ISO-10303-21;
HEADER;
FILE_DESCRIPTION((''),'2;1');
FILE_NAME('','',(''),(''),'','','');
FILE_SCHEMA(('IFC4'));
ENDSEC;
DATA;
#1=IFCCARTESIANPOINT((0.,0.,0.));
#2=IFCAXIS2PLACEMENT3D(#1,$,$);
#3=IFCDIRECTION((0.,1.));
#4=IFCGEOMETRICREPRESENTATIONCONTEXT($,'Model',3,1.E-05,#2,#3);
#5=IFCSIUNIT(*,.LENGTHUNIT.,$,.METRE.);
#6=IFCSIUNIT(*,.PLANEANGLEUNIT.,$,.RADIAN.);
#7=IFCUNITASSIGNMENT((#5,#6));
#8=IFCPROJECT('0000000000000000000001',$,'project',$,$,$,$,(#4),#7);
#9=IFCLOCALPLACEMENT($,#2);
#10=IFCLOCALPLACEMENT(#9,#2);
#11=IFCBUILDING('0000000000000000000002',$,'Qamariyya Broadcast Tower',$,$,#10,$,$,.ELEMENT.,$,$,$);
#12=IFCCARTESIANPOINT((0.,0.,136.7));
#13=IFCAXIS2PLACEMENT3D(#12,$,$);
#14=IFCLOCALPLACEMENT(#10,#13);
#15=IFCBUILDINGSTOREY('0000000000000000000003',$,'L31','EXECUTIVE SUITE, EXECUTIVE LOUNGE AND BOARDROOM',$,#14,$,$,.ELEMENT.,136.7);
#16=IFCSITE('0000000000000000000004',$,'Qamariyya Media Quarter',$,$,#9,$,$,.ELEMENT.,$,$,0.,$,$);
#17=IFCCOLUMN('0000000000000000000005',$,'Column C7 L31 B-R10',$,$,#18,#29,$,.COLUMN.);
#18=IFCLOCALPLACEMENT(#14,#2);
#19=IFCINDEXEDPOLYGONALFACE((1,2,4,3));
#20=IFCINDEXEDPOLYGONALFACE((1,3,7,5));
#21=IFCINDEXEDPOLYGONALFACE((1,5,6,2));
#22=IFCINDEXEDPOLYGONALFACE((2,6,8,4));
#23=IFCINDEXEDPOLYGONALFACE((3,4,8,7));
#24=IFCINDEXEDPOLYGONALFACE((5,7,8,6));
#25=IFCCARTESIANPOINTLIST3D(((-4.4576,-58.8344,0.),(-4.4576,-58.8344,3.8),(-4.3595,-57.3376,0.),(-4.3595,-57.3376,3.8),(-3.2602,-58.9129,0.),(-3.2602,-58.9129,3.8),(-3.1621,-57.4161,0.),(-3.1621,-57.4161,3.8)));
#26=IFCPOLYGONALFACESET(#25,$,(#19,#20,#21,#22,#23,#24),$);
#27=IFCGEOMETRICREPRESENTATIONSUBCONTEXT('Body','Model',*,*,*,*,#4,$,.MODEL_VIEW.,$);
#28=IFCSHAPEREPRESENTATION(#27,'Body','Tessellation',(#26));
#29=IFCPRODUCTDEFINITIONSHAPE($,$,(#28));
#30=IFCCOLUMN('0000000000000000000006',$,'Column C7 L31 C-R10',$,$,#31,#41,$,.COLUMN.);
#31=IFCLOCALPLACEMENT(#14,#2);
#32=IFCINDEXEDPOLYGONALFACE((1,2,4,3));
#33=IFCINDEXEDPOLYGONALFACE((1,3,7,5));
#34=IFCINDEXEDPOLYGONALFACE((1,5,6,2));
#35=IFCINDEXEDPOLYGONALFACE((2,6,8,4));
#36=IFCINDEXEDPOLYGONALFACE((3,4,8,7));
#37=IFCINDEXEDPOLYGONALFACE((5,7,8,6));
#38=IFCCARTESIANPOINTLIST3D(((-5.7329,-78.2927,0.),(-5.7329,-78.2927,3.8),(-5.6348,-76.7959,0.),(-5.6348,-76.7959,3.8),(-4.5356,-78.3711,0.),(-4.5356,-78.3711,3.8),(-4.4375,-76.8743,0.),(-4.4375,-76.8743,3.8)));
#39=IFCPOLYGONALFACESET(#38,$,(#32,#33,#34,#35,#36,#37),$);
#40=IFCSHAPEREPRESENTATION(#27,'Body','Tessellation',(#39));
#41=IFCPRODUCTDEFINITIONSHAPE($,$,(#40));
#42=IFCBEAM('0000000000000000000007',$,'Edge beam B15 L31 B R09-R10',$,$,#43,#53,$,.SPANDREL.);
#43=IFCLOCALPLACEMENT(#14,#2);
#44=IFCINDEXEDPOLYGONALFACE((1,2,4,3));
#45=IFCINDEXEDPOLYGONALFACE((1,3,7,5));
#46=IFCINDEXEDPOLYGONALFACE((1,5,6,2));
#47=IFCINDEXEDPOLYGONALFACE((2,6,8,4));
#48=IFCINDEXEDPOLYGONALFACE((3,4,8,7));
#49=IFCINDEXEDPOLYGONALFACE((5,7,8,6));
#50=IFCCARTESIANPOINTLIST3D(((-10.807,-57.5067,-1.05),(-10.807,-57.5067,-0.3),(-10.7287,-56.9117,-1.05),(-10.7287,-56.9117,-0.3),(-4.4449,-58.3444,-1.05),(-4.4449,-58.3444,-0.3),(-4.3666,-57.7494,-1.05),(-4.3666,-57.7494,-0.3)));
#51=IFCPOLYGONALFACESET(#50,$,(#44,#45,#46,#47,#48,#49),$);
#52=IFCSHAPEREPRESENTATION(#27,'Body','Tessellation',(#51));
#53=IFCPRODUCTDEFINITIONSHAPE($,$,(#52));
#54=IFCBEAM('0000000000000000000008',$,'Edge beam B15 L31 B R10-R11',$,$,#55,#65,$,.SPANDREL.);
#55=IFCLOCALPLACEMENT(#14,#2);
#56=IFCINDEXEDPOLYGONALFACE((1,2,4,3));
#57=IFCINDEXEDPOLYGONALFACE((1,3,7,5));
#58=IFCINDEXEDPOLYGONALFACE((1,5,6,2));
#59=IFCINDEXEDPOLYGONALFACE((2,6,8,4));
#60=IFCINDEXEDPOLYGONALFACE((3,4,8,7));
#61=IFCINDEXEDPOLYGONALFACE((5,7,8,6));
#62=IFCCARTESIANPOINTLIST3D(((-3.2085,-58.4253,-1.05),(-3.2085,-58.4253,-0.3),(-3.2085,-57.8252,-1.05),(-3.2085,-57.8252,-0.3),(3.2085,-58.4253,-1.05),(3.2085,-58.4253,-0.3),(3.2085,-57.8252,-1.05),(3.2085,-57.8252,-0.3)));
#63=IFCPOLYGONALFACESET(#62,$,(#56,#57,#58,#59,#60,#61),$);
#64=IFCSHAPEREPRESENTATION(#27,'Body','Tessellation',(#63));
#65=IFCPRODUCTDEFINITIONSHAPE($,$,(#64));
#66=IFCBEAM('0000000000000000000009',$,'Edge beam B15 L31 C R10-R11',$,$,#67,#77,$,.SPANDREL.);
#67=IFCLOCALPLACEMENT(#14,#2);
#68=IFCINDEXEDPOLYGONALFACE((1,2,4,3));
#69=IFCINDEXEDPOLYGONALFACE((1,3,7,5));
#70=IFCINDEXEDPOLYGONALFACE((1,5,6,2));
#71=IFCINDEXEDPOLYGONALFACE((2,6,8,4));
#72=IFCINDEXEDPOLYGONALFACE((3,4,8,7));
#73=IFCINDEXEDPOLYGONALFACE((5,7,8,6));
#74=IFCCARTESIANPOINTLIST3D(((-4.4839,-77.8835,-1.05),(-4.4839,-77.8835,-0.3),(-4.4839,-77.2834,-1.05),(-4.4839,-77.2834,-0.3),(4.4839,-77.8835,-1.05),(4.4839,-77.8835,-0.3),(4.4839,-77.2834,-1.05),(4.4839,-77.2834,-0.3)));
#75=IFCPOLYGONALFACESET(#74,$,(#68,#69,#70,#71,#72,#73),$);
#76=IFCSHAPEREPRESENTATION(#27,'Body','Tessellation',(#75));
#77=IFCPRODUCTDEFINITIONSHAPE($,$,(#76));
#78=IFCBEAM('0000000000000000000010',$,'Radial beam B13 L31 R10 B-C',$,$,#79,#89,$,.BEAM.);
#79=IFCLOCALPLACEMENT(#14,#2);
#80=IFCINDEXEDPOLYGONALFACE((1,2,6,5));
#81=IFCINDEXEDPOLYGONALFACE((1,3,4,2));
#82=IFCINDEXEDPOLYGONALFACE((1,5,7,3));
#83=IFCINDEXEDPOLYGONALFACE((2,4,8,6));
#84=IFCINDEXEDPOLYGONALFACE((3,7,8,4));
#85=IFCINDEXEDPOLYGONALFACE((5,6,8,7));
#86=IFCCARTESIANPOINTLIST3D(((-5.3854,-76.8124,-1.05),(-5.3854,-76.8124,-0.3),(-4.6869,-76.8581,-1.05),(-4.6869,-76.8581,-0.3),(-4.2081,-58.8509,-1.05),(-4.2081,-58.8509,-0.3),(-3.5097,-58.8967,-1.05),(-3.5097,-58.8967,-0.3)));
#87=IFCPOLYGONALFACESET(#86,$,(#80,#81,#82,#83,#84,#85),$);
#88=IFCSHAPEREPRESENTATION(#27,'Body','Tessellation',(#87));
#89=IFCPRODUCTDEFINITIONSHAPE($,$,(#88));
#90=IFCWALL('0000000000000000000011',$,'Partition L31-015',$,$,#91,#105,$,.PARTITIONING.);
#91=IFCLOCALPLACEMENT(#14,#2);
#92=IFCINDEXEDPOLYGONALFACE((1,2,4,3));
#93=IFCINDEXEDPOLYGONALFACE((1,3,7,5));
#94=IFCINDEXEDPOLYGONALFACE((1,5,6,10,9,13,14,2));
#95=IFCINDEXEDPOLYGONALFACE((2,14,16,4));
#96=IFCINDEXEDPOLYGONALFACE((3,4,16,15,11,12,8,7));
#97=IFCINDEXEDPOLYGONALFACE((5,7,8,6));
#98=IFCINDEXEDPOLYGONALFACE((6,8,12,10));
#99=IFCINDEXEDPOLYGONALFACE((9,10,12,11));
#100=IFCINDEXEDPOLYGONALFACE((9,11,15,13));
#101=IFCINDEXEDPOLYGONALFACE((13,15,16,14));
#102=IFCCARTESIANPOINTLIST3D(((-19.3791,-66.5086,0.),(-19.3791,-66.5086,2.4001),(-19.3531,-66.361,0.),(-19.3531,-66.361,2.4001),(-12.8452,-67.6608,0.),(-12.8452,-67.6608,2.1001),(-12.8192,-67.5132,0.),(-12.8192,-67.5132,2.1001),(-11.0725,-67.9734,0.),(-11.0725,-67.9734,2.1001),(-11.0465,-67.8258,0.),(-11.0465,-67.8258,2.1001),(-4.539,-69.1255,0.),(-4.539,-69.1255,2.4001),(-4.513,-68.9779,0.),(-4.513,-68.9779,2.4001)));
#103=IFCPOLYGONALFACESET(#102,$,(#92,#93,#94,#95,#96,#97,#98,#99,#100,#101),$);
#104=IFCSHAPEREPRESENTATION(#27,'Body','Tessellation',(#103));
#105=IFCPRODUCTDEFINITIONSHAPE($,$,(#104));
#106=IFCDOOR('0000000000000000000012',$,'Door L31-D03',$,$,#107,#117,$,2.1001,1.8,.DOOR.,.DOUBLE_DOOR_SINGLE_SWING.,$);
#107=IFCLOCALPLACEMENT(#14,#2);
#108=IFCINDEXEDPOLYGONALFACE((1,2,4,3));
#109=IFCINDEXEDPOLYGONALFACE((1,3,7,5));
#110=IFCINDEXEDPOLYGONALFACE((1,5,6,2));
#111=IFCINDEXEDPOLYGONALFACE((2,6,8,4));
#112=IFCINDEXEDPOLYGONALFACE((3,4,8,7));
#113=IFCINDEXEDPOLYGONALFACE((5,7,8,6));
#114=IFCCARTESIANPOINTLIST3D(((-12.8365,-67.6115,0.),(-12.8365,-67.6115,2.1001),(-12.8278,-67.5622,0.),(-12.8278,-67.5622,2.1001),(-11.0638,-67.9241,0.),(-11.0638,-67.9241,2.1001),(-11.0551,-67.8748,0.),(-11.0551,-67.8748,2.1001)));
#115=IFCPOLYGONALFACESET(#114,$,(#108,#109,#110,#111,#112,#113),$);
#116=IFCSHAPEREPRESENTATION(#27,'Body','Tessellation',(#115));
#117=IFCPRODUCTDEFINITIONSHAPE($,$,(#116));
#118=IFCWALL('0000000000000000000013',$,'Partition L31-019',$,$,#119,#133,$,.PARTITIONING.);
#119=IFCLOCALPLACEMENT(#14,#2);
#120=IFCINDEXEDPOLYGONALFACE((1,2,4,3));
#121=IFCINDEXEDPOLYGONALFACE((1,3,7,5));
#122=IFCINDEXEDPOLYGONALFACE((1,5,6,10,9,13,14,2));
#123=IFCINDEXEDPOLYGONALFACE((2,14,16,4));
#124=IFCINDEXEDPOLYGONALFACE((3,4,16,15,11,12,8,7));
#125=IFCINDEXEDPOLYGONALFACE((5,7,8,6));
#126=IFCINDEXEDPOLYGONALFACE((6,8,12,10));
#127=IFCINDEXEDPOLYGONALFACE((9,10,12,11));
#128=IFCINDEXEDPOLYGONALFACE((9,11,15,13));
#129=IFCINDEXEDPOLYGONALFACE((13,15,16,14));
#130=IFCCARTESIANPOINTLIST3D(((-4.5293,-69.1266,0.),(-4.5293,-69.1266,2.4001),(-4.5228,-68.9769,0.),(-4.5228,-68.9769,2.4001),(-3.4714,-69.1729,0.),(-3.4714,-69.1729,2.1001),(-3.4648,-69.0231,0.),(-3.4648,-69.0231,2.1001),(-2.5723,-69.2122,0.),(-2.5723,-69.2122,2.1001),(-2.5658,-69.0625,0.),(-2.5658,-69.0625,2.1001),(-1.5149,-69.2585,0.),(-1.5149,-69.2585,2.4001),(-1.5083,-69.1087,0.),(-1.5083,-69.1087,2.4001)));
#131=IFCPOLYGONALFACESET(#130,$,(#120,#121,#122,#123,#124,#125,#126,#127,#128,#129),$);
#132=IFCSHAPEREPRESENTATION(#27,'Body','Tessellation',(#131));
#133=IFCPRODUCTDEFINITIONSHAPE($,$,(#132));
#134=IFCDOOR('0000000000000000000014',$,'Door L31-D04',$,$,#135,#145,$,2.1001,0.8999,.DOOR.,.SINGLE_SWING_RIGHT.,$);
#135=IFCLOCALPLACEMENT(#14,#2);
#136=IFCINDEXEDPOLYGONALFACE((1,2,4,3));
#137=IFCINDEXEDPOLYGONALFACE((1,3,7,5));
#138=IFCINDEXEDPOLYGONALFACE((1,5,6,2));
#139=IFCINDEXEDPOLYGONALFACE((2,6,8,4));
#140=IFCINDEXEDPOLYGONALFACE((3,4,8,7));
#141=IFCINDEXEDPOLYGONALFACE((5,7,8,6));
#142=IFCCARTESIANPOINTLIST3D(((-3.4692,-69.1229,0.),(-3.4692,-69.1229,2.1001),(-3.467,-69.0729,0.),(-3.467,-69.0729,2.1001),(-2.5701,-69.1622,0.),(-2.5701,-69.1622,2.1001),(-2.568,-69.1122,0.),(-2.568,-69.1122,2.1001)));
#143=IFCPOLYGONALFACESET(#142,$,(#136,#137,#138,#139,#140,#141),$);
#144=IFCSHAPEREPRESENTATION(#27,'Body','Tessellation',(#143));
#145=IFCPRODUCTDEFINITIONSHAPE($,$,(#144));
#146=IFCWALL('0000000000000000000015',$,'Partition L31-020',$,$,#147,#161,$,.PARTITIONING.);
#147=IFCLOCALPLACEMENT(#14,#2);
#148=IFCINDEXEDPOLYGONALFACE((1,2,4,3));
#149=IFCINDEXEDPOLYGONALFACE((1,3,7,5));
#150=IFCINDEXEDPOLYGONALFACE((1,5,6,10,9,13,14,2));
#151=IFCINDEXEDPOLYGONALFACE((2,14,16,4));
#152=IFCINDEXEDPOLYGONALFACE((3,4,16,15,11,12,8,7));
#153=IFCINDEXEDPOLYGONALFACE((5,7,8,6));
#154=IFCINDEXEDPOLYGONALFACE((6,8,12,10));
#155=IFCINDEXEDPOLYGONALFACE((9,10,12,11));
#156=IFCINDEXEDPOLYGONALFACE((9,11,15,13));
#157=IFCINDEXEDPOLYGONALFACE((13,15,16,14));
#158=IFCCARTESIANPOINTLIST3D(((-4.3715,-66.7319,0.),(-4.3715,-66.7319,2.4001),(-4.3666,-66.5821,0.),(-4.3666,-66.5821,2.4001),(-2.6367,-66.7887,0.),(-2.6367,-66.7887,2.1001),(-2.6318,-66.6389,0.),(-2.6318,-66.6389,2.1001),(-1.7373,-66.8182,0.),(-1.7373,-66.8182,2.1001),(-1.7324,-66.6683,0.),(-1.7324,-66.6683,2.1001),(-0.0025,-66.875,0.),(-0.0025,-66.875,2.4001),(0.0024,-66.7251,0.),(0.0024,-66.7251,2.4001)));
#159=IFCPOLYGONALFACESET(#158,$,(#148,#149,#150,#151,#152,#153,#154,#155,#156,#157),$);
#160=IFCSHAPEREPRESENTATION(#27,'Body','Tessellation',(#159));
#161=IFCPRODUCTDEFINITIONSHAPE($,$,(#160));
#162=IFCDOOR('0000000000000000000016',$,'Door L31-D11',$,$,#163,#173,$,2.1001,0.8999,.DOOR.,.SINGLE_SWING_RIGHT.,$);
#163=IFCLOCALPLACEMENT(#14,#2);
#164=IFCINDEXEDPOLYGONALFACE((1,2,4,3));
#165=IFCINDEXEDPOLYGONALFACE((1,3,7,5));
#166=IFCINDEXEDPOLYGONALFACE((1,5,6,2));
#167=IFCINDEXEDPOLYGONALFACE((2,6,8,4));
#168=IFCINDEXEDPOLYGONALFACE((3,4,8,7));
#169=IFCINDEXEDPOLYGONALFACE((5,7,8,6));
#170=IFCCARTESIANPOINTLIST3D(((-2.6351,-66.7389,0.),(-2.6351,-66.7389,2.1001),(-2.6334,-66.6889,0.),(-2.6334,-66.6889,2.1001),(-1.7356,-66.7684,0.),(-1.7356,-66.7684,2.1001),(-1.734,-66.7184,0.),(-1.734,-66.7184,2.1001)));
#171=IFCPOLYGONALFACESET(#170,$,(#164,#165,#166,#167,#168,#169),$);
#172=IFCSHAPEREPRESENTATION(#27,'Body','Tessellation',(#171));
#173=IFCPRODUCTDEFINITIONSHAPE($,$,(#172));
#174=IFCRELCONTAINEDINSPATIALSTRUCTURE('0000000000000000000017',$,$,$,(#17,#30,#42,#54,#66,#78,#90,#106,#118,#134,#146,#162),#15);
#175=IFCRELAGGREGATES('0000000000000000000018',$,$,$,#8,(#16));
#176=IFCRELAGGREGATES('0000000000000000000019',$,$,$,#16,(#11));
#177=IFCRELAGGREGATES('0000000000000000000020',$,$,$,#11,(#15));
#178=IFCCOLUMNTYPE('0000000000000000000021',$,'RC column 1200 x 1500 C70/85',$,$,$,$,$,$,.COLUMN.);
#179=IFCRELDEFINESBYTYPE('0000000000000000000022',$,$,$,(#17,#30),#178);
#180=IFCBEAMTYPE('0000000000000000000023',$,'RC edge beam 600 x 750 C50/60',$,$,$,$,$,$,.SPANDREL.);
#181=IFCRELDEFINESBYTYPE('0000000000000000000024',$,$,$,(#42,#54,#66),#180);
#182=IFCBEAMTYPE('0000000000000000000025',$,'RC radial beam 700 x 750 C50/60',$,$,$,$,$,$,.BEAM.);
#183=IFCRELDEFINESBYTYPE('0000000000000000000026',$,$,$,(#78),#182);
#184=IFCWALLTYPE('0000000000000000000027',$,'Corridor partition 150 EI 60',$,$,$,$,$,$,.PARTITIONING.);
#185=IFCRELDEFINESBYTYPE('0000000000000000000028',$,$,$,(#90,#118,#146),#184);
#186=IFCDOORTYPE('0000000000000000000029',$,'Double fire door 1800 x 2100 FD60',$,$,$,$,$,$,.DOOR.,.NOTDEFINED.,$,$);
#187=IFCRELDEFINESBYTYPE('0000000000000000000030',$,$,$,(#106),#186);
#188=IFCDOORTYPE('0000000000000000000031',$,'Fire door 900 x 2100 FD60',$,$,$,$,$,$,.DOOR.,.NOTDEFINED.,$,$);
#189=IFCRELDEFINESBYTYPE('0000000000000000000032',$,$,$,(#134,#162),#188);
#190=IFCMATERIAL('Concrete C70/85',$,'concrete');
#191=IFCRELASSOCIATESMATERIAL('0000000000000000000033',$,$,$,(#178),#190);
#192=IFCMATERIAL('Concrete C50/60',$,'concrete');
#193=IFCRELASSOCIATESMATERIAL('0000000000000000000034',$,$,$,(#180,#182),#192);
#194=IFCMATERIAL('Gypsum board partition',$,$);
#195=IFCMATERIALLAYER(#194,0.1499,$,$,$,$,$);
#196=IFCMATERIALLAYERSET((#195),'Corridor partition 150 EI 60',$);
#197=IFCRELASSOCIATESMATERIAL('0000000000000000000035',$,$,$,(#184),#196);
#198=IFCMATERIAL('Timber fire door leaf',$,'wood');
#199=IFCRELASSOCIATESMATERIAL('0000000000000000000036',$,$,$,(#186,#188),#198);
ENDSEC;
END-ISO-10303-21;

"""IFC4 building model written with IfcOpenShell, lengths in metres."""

from ifc_helpers import new_model, si_unit, direction, frame, frame_2d, origin, origin_2d, place, context, subcontext, project, spatial, rectangle, extrude, material, layer, layer_set, material_profile, profile_set, type_object, element, fill, save


model = new_model("IFC4")

# Units and contexts
model_context = context("Model", 3, precision=1e-05, world=origin(), true_north=direction((0.0, 1.0)))
body_context = subcontext(model_context, "Body", "Model", "MODEL_VIEW")
ifc_project = project(units=[si_unit("LENGTHUNIT", "METRE"), si_unit("PLANEANGLEUNIT", "RADIAN")], contexts=[model_context])

# Site, building, storey
site_placement = place(None, origin())
site = spatial("IfcSite", under=ifc_project, at=site_placement, Name="Qamariyya Media Quarter", CompositionType="ELEMENT", RefElevation=0.0)
building_placement = place(site_placement, origin())
building = spatial("IfcBuilding", under=site, at=building_placement, Name="Qamariyya Broadcast Tower", CompositionType="ELEMENT")
storey_placement = place(building_placement, frame((0.0, 0.0, 136.7)))
storey = spatial("IfcBuildingStorey", under=building, at=storey_placement, Name="L31", Description="EXECUTIVE SUITE, EXECUTIVE LOUNGE AND BOARDROOM", CompositionType="ELEMENT", Elevation=136.7)

# Columns
ifc_material_1 = material(Name="Concrete C70/85", Category="concrete")
ifc_material_profile_1 = material_profile(ifc_material_1, rectangle(XDim=1.2, YDim=1.5, at=origin_2d()))
ifc_profile_set_1 = profile_set([ifc_material_profile_1], Name="Concrete C70/85")
column_type = type_object("IfcColumnType", Name="RC column 1200 x 1500 C70/85", PredefinedType="COLUMN", material=ifc_profile_set_1)
for number, where, z_axis, x_axis, name in (
    (1, (-3.8098, -58.1252, 0.0), (0.0, 0.0, 1.0), (0.997859, -0.065403, 0.0), "Column C7 L31 B-R10"),
    (2, (-5.0852, -77.5835, 0.0), (0.0, 0.0, 1.0), (0.997859, -0.065403, 0.0), "Column C7 L31 C-R10"),
):
    element("IfcColumn", number, at=place(storey_placement, frame(where, z_axis=z_axis, x_axis=x_axis)), inside=storey, type_object=column_type, Name=name, PredefinedType="COLUMN", context=body_context, shape_type="SweptSolid", body=[
        extrude(rectangle(XDim=1.2, YDim=1.5, at=origin_2d()), origin(), (0.0, 0.0, 1.0), 3.8),
    ])

# Beams
ifc_material_2 = material(Name="Concrete C50/60", Category="concrete")
ifc_material_profile_2 = material_profile(ifc_material_2, rectangle(XDim=0.6001, YDim=0.75, at=origin_2d()))
ifc_profile_set_2 = profile_set([ifc_material_profile_2], Name="Concrete C50/60")
beam_type_1 = type_object("IfcBeamType", Name="RC edge beam 600 x 750 C50/60", PredefinedType="SPANDREL", material=ifc_profile_set_2)
for number, where, z_axis, x_axis, name in (
    (3, (-10.7678, -57.2092, -0.675), (0.991444, -0.130536, 0.0), (0.130536, 0.991444, 0.0), "Edge beam B15 L31 B R09-R10"),
    (4, (-3.2085, -58.1252, -0.675), (1.0, 0.0, 0.0), (0.0, 1.0, 0.0), "Edge beam B15 L31 B R10-R11"),
):
    element("IfcBeam", number, at=place(storey_placement, frame(where, z_axis=z_axis, x_axis=x_axis)), inside=storey, type_object=beam_type_1, Name=name, PredefinedType="SPANDREL", context=body_context, shape_type="SweptSolid", body=[
        extrude(rectangle(XDim=0.6001, YDim=0.75, at=origin_2d()), origin(), (0.0, 0.0, 1.0), 6.417),
    ])
beam_1_placement = place(storey_placement, frame((-4.4839, -77.5835, -0.675), z_axis=(1.0, 0.0, 0.0), x_axis=(0.0, 1.0, 0.0)))
element("IfcBeam", 5, at=beam_1_placement, inside=storey, type_object=beam_type_1, Name="Edge beam B15 L31 C R10-R11", PredefinedType="SPANDREL", context=body_context, shape_type="SweptSolid", body=[
    extrude(rectangle(XDim=0.6001, YDim=0.75, at=origin_2d()), origin(), (0.0, 0.0, 1.0), 8.9678),
])
ifc_material_profile_3 = material_profile(ifc_material_2, rectangle(XDim=0.7, YDim=0.75, at=origin_2d()))
ifc_profile_set_3 = profile_set([ifc_material_profile_3], Name="Concrete C50/60")
beam_type_2 = type_object("IfcBeamType", Name="RC radial beam 700 x 750 C50/60", PredefinedType="BEAM", material=ifc_profile_set_3)
beam_2_placement = place(storey_placement, frame((-3.8589, -58.8738, -0.675), z_axis=(-0.065403, -0.997859, 0.0), x_axis=(0.997859, -0.065403, 0.0)))
element("IfcBeam", 6, at=beam_2_placement, inside=storey, type_object=beam_type_2, Name="Radial beam B13 L31 R10 B-C", PredefinedType="BEAM", context=body_context, shape_type="SweptSolid", body=[
    extrude(rectangle(XDim=0.7, YDim=0.75, at=origin_2d()), origin(), (0.0, 0.0, 1.0), 18.0),
])

# Walls, openings, doors
ifc_material_3 = material(Name="Gypsum board partition")
ifc_layer_1 = layer(ifc_material_3, 0.1499)
ifc_layer_set_1 = layer_set([ifc_layer_1], Name="Corridor partition 150 EI 60")
wall_type_1 = type_object("IfcWallType", Name="Corridor partition 150 EI 60", PredefinedType="PARTITIONING", material=ifc_layer_set_1)
wall_1_placement = place(storey_placement, frame((-4.5259, -69.0518, 0.0), z_axis=(0.0, 0.0, 1.0), x_axis=(-0.984805, 0.173663, 0.0)))
wall_1 = element("IfcWall", 7, at=wall_1_placement, inside=storey, type_object=wall_type_1, Name="Partition L31-015", PredefinedType="PARTITIONING", context=body_context, shape_type="SweptSolid", body=[
    extrude(rectangle(XDim=15.0691, YDim=0.1499, at=frame_2d((7.5347, 0.0))), origin(), (0.0, 0.0, 1.0), 2.4001),
])
opening_1_placement = place(wall_1_placement, frame((6.6345, 0.0, 0.0)))
opening_1 = element("IfcOpeningElement", 8, at=opening_1_placement, cuts=wall_1, PredefinedType="OPENING", context=body_context, shape_type="SweptSolid", body=[
    extrude(rectangle(XDim=1.8, YDim=2.1001, at=frame_2d((0.8999, 1.05))), frame((0.0, 0.085, 0.0), z_axis=(0.0, -1.0, 0.0), x_axis=(1.0, 0.0, 0.0)), (0.0, 0.0, 1.0), 0.1699),
])
ifc_material_4 = material(Name="Timber fire door leaf", Category="wood")
door_type_1 = type_object("IfcDoorType", Name="Double fire door 1800 x 2100 FD60", OperationType="NOTDEFINED", PredefinedType="DOOR", material=ifc_material_4)
door_1_placement = place(opening_1_placement, origin())
door_1 = element("IfcDoor", 9, at=door_1_placement, inside=storey, type_object=door_type_1, Name="Door L31-D03", OperationType="DOUBLE_DOOR_SINGLE_SWING", OverallHeight=2.1001, OverallWidth=1.8, PredefinedType="DOOR", context=body_context, shape_type="SweptSolid", body=[
    extrude(rectangle(XDim=1.8, YDim=2.1001, at=frame_2d((0.8999, 1.05))), frame((0.0, 0.0249, 0.0), z_axis=(0.0, -1.0, 0.0), x_axis=(1.0, 0.0, 0.0)), (0.0, 0.0, 1.0), 0.05),
])
fill(opening_1, door_1)
wall_2_placement = place(storey_placement, frame((-1.5115, -69.1836, 0.0), z_axis=(0.0, 0.0, 1.0), x_axis=(-0.999045, 0.043694, 0.0)))
wall_2 = element("IfcWall", 10, at=wall_2_placement, inside=storey, type_object=wall_type_1, Name="Partition L31-019", PredefinedType="PARTITIONING", context=body_context, shape_type="SweptSolid", body=[
    extrude(rectangle(XDim=3.0173, YDim=0.1499, at=frame_2d((1.5088, 0.0))), origin(), (0.0, 0.0, 1.0), 2.4001),
])
opening_2_placement = place(wall_2_placement, frame((1.0586, 0.0, 0.0)))
opening_2 = element("IfcOpeningElement", 11, at=opening_2_placement, cuts=wall_2, PredefinedType="OPENING", context=body_context, shape_type="SweptSolid", body=[
    extrude(rectangle(XDim=0.8999, YDim=2.1001, at=frame_2d((0.45, 1.05))), frame((0.0, 0.085, 0.0), z_axis=(0.0, -1.0, 0.0), x_axis=(1.0, 0.0, 0.0)), (0.0, 0.0, 1.0), 0.1699),
])
door_type_2 = type_object("IfcDoorType", Name="Fire door 900 x 2100 FD60", OperationType="NOTDEFINED", PredefinedType="DOOR", material=ifc_material_4)
door_2_placement = place(opening_2_placement, origin())
door_2 = element("IfcDoor", 12, at=door_2_placement, inside=storey, type_object=door_type_2, Name="Door L31-D04", OperationType="SINGLE_SWING_RIGHT", OverallHeight=2.1001, OverallWidth=0.8999, PredefinedType="DOOR", context=body_context, shape_type="SweptSolid", body=[
    extrude(rectangle(XDim=0.8999, YDim=2.1001, at=frame_2d((0.45, 1.05))), frame((0.0, 0.0249, 0.0), z_axis=(0.0, -1.0, 0.0), x_axis=(1.0, 0.0, 0.0)), (0.0, 0.0, 1.0), 0.05),
])
fill(opening_2, door_2)
wall_3_placement = place(storey_placement, frame((-4.3689, -66.657, 0.0), z_axis=(0.0, 0.0, 1.0), x_axis=(0.999464, -0.032729, 0.0)))
wall_3 = element("IfcWall", 13, at=wall_3_placement, inside=storey, type_object=wall_type_1, Name="Partition L31-020", PredefinedType="PARTITIONING", context=body_context, shape_type="SweptSolid", body=[
    extrude(rectangle(XDim=4.3713, YDim=0.1499, at=frame_2d((2.1855, 0.0))), origin(), (0.0, 0.0, 1.0), 2.4001),
])
opening_3_placement = place(wall_3_placement, frame((1.7356, 0.0, 0.0)))
opening_3 = element("IfcOpeningElement", 14, at=opening_3_placement, cuts=wall_3, PredefinedType="OPENING", context=body_context, shape_type="SweptSolid", body=[
    extrude(rectangle(XDim=0.8999, YDim=2.1001, at=frame_2d((0.45, 1.05))), frame((0.0, 0.085, 0.0), z_axis=(0.0, -1.0, 0.0), x_axis=(1.0, 0.0, 0.0)), (0.0, 0.0, 1.0), 0.1699),
])
door_3_placement = place(opening_3_placement, origin())
door_3 = element("IfcDoor", 15, at=door_3_placement, inside=storey, type_object=door_type_2, Name="Door L31-D11", OperationType="SINGLE_SWING_RIGHT", OverallHeight=2.1001, OverallWidth=0.8999, PredefinedType="DOOR", context=body_context, shape_type="SweptSolid", body=[
    extrude(rectangle(XDim=0.8999, YDim=2.1001, at=frame_2d((0.45, 1.05))), frame((0.0, 0.0249, 0.0), z_axis=(0.0, -1.0, 0.0), x_axis=(1.0, 0.0, 0.0)), (0.0, 0.0, 1.0), 0.05),
])
fill(opening_3, door_3)

save(model, "model.ifc")
